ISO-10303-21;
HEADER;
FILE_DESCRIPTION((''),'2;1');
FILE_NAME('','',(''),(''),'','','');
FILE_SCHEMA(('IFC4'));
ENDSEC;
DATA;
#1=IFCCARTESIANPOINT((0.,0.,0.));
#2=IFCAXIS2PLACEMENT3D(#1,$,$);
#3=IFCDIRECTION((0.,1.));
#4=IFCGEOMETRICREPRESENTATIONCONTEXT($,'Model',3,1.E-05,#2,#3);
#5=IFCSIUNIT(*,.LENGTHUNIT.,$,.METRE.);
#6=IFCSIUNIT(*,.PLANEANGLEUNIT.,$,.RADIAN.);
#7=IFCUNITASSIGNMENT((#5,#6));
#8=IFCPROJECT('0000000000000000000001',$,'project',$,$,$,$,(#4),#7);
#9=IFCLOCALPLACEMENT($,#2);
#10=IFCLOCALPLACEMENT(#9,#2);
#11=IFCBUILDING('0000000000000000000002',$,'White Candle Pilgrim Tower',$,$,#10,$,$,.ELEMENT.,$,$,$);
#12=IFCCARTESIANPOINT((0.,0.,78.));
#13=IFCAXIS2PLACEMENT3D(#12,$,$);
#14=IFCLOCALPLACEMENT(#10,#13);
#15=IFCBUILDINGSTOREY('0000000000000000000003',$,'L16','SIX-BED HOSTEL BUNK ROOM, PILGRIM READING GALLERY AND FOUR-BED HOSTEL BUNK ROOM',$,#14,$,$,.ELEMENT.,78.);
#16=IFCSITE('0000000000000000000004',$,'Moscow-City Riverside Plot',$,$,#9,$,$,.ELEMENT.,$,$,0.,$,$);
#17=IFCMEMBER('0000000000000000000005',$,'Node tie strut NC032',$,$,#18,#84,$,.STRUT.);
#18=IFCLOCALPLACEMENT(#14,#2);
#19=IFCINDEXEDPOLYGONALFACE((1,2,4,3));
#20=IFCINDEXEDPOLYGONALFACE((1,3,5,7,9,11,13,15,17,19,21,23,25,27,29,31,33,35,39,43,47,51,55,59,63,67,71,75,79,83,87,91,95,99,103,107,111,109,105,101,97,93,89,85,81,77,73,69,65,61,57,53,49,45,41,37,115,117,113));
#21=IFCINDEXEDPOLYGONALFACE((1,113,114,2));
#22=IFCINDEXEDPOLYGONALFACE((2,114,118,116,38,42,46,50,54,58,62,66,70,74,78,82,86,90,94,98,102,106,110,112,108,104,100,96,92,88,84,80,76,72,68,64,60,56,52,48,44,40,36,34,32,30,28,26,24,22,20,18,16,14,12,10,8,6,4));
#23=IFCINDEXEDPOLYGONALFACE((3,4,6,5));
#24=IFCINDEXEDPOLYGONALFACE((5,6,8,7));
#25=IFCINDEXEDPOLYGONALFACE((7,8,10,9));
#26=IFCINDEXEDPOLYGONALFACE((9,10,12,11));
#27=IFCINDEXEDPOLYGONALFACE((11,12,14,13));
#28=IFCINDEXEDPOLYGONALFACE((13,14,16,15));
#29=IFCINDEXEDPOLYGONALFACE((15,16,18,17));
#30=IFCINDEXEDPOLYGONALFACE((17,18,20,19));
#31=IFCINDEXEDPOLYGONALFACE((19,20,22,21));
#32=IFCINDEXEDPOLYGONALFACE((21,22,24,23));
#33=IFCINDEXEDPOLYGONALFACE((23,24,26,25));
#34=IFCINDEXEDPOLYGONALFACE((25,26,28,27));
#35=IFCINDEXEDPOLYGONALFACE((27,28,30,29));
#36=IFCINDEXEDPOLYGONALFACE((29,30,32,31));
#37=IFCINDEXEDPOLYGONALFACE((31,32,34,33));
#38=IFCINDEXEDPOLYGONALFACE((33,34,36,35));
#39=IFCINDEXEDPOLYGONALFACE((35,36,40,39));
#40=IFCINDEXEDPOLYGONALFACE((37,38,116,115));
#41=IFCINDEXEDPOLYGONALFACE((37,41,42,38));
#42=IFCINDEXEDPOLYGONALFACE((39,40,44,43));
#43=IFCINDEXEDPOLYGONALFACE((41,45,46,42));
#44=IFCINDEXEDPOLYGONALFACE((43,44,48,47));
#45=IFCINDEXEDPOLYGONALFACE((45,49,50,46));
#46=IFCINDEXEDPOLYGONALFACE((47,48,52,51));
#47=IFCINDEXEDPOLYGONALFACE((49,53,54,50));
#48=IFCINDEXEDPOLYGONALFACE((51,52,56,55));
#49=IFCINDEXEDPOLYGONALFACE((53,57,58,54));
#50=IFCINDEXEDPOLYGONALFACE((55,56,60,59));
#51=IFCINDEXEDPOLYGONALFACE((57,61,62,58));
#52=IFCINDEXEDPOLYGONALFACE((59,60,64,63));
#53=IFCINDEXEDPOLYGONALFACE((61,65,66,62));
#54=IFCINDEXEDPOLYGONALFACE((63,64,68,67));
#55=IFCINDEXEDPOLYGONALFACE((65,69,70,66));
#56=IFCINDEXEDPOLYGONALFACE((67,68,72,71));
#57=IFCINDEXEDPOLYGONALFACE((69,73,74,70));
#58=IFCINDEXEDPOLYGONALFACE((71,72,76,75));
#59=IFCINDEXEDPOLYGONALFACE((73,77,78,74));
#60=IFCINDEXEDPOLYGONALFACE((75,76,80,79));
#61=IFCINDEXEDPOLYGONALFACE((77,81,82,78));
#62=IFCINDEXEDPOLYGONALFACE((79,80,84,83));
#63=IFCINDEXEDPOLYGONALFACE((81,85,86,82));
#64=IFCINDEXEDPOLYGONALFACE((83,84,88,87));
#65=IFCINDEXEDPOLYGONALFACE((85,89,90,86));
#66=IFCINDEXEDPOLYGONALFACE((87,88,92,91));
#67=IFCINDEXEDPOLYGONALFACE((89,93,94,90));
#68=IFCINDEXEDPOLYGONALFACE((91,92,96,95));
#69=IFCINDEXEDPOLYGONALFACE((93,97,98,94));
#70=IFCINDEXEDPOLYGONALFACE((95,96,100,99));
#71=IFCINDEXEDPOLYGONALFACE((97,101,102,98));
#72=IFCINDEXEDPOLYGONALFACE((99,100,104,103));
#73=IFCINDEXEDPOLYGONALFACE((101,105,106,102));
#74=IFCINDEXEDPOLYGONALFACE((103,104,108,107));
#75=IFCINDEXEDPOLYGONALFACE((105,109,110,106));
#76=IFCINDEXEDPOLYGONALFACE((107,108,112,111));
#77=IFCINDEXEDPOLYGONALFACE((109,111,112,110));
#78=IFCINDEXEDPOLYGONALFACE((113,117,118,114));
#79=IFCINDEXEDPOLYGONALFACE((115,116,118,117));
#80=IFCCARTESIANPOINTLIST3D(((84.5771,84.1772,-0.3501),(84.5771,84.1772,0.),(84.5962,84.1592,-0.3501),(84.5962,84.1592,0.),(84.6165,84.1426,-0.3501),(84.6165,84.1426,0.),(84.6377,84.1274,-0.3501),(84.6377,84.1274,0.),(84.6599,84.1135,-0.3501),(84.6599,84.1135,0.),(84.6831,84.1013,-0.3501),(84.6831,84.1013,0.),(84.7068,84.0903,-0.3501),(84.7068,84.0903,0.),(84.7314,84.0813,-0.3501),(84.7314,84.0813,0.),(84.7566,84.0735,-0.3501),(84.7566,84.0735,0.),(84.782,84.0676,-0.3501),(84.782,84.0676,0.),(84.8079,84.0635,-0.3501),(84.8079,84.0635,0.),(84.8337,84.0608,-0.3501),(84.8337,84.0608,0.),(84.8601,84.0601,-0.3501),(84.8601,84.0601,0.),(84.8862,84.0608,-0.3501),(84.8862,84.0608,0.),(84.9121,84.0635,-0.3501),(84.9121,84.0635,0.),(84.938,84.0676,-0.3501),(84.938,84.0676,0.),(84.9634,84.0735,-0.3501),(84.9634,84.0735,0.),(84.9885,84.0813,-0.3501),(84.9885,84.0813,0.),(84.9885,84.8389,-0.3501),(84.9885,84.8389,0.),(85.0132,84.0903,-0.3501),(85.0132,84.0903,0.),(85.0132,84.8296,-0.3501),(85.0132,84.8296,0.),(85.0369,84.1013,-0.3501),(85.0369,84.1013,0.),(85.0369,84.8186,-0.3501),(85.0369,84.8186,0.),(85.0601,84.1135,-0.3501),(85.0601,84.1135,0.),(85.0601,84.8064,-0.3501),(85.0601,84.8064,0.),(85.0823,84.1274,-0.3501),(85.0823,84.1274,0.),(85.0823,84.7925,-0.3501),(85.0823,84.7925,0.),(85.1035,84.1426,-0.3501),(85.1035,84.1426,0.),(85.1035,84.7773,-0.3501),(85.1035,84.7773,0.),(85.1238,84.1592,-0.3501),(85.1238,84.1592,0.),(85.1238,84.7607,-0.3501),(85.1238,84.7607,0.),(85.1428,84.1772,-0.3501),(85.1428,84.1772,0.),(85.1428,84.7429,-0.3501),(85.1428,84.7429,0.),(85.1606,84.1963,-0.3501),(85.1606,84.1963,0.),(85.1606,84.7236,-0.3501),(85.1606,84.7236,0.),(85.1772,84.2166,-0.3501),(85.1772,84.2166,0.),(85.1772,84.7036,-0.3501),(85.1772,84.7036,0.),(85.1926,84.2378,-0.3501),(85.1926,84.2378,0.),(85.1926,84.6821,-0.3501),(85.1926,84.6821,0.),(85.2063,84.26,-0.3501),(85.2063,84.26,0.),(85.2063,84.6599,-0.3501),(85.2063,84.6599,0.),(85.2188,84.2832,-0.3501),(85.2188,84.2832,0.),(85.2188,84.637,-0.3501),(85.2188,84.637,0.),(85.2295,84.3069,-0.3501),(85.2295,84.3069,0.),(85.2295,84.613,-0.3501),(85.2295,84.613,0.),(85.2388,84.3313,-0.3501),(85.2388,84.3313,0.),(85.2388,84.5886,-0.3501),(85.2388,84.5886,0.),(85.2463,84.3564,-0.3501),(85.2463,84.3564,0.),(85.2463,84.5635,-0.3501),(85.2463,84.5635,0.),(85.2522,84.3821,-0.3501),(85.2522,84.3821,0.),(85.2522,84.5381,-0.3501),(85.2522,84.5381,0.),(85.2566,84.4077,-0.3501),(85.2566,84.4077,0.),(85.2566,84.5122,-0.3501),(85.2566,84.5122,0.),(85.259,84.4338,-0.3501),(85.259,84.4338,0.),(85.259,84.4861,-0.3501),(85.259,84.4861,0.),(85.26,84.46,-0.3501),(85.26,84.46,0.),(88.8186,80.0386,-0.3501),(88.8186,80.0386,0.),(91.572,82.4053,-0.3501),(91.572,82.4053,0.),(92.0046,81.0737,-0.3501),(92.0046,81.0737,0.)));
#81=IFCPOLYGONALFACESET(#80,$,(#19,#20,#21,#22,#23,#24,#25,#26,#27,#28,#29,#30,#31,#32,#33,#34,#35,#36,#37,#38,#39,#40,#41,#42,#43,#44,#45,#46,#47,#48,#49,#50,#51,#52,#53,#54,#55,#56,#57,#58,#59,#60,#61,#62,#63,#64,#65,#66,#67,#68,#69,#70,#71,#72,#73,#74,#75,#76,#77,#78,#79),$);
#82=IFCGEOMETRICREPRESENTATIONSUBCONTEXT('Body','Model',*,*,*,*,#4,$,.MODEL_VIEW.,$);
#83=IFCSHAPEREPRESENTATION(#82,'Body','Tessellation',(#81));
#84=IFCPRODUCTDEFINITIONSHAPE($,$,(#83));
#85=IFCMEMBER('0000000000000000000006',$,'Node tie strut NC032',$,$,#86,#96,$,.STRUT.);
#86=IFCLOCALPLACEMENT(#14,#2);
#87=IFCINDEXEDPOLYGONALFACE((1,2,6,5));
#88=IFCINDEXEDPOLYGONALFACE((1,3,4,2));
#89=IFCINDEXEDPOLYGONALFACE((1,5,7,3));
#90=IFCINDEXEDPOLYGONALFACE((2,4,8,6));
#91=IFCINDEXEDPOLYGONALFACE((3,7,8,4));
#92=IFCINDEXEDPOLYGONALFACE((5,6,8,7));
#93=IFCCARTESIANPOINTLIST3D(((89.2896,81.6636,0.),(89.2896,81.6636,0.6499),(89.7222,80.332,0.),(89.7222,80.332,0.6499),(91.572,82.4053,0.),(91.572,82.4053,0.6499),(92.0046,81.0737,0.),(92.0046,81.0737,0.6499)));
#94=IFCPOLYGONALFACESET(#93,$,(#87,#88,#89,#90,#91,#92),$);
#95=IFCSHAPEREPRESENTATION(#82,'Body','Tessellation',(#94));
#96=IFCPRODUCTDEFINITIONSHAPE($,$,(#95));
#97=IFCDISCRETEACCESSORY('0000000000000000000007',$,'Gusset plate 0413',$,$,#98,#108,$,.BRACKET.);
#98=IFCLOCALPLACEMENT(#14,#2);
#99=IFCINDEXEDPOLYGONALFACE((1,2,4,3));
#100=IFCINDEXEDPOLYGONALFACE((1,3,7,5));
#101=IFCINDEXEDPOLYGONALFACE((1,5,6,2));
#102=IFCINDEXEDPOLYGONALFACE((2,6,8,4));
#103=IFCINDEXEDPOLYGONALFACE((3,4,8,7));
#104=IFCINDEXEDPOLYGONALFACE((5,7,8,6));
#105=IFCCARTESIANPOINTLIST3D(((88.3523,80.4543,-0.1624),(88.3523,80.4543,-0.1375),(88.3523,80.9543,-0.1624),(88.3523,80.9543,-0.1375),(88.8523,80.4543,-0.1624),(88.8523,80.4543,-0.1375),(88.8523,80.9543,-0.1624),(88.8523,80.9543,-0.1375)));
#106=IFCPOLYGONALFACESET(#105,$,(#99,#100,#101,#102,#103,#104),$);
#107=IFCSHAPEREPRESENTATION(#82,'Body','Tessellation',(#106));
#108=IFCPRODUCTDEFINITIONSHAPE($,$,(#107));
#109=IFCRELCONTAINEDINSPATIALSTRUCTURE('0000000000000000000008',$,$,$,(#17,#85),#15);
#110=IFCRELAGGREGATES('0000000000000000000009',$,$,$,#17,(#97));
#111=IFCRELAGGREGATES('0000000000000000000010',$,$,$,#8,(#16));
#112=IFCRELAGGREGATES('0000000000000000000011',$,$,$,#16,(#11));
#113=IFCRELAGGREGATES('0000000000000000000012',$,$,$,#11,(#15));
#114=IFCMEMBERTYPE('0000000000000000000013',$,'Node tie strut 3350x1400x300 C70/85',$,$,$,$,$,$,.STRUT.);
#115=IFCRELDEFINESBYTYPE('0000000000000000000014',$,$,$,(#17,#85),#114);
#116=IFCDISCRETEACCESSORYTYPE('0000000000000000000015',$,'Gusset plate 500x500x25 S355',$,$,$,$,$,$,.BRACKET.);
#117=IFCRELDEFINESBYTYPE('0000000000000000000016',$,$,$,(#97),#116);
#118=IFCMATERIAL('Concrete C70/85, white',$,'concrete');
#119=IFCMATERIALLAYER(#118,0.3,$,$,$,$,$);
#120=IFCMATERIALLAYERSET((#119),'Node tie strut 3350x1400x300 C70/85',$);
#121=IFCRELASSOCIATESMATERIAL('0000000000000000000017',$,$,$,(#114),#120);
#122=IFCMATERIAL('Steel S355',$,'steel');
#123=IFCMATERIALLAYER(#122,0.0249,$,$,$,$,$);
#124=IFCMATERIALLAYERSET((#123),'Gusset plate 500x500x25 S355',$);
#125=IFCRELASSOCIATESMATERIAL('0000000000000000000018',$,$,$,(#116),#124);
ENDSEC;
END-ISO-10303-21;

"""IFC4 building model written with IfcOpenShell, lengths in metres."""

from ifc_helpers import new_model, si_unit, direction, frame, origin, origin_2d, place, context, subcontext, project, spatial, polyline, rectangle, outline, extrude, material, layer, layer_set, type_object, element, aggregate, save


model = new_model("IFC4")

# Units and contexts
model_context = context("Model", 3, precision=1e-05, world=origin(), true_north=direction((0.0, 1.0)))
body_context = subcontext(model_context, "Body", "Model", "MODEL_VIEW")
ifc_project = project(units=[si_unit("LENGTHUNIT", "METRE"), si_unit("PLANEANGLEUNIT", "RADIAN")], contexts=[model_context])

# Site, building, storey
site_placement = place(None, origin())
site = spatial("IfcSite", under=ifc_project, at=site_placement, Name="Moscow-City Riverside Plot", CompositionType="ELEMENT", RefElevation=0.0)
building_placement = place(site_placement, origin())
building = spatial("IfcBuilding", under=site, at=building_placement, Name="White Candle Pilgrim Tower", CompositionType="ELEMENT")
storey_placement = place(building_placement, frame((0.0, 0.0, 78.0)))
storey = spatial("IfcBuildingStorey", under=building, at=storey_placement, Name="L16", Description="SIX-BED HOSTEL BUNK ROOM, PILGRIM READING GALLERY AND FOUR-BED HOSTEL BUNK ROOM", CompositionType="ELEMENT", Elevation=78.0)

# Members
ifc_material_1 = material(Name="Concrete C70/85, white", Category="concrete")
ifc_layer_1 = layer(ifc_material_1, 0.3)
ifc_layer_set_1 = layer_set([ifc_layer_1], Name="Node tie strut 3350x1400x300 C70/85")
member_type_1 = type_object("IfcMemberType", Name="Node tie strut 3350x1400x300 C70/85", PredefinedType="STRUT", material=ifc_layer_set_1)
member_1_placement = place(storey_placement, frame((0.0, 0.0, -0.3501)))
member_1 = element("IfcMember", 1, at=member_1_placement, inside=storey, type_object=member_type_1, Name="Node tie strut NC032", PredefinedType="STRUT", context=body_context, shape_type="SweptSolid", body=[
    extrude(outline(polyline([(88.8186, 80.0386), (92.0046, 81.0737), (91.572, 82.4053), (84.9885, 84.8389), (85.0132, 84.8296), (85.0369, 84.8186), (85.0601, 84.8064), (85.0823, 84.7925), (85.1035, 84.7773), (85.1238, 84.7607), (85.1428, 84.7429), (85.1606, 84.7236), (85.1772, 84.7036), (85.1926, 84.6821), (85.2063, 84.6599), (85.2188, 84.637), (85.2295, 84.613), (85.2388, 84.5886), (85.2463, 84.5635), (85.2522, 84.5381), (85.2566, 84.5122), (85.259, 84.4861), (85.26, 84.46), (85.259, 84.4338), (85.2566, 84.4077), (85.2522, 84.3821), (85.2463, 84.3564), (85.2388, 84.3313), (85.2295, 84.3069), (85.2188, 84.2832), (85.2063, 84.26), (85.1926, 84.2378), (85.1772, 84.2166), (85.1606, 84.1963), (85.1428, 84.1772), (85.1238, 84.1592), (85.1035, 84.1426), (85.0823, 84.1274), (85.0601, 84.1135), (85.0369, 84.1013), (85.0132, 84.0903), (84.9885, 84.0813), (84.9634, 84.0735), (84.938, 84.0676), (84.9121, 84.0635), (84.8862, 84.0608), (84.8601, 84.0601), (84.8337, 84.0608), (84.8079, 84.0635), (84.782, 84.0676), (84.7566, 84.0735), (84.7314, 84.0813), (84.7068, 84.0903), (84.6831, 84.1013), (84.6599, 84.1135), (84.6377, 84.1274), (84.6165, 84.1426), (84.5962, 84.1592), (84.5771, 84.1772), (88.8186, 80.0386)])), origin(), (0.0, 0.0, 1.0), 0.3501),
])
member_2_placement = place(storey_placement, origin())
element("IfcMember", 2, at=member_2_placement, inside=storey, type_object=member_type_1, Name="Node tie strut NC032", PredefinedType="STRUT", context=body_context, shape_type="SweptSolid", body=[
    extrude(outline(polyline([(89.7222, 80.332), (92.0046, 81.0737), (91.572, 82.4053), (89.2896, 81.6636), (89.7222, 80.332)])), origin(), (0.0, 0.0, 1.0), 0.6499),
])

# Discrete accessory
ifc_material_2 = material(Name="Steel S355", Category="steel")
ifc_layer_2 = layer(ifc_material_2, 0.0249)
ifc_layer_set_2 = layer_set([ifc_layer_2], Name="Gusset plate 500x500x25 S355")
discrete_accessory_type = type_object("IfcDiscreteAccessoryType", Name="Gusset plate 500x500x25 S355", PredefinedType="BRACKET", material=ifc_layer_set_2)
discrete_accessory_1_placement = place(storey_placement, frame((88.6023, 80.7043, -0.1624), z_axis=(0.0, 0.0, 1.0), x_axis=(1.0, 0.0, 0.0)))
discrete_accessory_1 = element("IfcDiscreteAccessory", 3, at=discrete_accessory_1_placement, type_object=discrete_accessory_type, Name="Gusset plate 0413", PredefinedType="BRACKET", context=body_context, shape_type="SweptSolid", body=[
    extrude(rectangle(XDim=0.5, YDim=0.5, at=origin_2d()), origin(), (0.0, 0.0, 1.0), 0.0249),
])
aggregate(member_1, [discrete_accessory_1])

save(model, "model.ifc")
